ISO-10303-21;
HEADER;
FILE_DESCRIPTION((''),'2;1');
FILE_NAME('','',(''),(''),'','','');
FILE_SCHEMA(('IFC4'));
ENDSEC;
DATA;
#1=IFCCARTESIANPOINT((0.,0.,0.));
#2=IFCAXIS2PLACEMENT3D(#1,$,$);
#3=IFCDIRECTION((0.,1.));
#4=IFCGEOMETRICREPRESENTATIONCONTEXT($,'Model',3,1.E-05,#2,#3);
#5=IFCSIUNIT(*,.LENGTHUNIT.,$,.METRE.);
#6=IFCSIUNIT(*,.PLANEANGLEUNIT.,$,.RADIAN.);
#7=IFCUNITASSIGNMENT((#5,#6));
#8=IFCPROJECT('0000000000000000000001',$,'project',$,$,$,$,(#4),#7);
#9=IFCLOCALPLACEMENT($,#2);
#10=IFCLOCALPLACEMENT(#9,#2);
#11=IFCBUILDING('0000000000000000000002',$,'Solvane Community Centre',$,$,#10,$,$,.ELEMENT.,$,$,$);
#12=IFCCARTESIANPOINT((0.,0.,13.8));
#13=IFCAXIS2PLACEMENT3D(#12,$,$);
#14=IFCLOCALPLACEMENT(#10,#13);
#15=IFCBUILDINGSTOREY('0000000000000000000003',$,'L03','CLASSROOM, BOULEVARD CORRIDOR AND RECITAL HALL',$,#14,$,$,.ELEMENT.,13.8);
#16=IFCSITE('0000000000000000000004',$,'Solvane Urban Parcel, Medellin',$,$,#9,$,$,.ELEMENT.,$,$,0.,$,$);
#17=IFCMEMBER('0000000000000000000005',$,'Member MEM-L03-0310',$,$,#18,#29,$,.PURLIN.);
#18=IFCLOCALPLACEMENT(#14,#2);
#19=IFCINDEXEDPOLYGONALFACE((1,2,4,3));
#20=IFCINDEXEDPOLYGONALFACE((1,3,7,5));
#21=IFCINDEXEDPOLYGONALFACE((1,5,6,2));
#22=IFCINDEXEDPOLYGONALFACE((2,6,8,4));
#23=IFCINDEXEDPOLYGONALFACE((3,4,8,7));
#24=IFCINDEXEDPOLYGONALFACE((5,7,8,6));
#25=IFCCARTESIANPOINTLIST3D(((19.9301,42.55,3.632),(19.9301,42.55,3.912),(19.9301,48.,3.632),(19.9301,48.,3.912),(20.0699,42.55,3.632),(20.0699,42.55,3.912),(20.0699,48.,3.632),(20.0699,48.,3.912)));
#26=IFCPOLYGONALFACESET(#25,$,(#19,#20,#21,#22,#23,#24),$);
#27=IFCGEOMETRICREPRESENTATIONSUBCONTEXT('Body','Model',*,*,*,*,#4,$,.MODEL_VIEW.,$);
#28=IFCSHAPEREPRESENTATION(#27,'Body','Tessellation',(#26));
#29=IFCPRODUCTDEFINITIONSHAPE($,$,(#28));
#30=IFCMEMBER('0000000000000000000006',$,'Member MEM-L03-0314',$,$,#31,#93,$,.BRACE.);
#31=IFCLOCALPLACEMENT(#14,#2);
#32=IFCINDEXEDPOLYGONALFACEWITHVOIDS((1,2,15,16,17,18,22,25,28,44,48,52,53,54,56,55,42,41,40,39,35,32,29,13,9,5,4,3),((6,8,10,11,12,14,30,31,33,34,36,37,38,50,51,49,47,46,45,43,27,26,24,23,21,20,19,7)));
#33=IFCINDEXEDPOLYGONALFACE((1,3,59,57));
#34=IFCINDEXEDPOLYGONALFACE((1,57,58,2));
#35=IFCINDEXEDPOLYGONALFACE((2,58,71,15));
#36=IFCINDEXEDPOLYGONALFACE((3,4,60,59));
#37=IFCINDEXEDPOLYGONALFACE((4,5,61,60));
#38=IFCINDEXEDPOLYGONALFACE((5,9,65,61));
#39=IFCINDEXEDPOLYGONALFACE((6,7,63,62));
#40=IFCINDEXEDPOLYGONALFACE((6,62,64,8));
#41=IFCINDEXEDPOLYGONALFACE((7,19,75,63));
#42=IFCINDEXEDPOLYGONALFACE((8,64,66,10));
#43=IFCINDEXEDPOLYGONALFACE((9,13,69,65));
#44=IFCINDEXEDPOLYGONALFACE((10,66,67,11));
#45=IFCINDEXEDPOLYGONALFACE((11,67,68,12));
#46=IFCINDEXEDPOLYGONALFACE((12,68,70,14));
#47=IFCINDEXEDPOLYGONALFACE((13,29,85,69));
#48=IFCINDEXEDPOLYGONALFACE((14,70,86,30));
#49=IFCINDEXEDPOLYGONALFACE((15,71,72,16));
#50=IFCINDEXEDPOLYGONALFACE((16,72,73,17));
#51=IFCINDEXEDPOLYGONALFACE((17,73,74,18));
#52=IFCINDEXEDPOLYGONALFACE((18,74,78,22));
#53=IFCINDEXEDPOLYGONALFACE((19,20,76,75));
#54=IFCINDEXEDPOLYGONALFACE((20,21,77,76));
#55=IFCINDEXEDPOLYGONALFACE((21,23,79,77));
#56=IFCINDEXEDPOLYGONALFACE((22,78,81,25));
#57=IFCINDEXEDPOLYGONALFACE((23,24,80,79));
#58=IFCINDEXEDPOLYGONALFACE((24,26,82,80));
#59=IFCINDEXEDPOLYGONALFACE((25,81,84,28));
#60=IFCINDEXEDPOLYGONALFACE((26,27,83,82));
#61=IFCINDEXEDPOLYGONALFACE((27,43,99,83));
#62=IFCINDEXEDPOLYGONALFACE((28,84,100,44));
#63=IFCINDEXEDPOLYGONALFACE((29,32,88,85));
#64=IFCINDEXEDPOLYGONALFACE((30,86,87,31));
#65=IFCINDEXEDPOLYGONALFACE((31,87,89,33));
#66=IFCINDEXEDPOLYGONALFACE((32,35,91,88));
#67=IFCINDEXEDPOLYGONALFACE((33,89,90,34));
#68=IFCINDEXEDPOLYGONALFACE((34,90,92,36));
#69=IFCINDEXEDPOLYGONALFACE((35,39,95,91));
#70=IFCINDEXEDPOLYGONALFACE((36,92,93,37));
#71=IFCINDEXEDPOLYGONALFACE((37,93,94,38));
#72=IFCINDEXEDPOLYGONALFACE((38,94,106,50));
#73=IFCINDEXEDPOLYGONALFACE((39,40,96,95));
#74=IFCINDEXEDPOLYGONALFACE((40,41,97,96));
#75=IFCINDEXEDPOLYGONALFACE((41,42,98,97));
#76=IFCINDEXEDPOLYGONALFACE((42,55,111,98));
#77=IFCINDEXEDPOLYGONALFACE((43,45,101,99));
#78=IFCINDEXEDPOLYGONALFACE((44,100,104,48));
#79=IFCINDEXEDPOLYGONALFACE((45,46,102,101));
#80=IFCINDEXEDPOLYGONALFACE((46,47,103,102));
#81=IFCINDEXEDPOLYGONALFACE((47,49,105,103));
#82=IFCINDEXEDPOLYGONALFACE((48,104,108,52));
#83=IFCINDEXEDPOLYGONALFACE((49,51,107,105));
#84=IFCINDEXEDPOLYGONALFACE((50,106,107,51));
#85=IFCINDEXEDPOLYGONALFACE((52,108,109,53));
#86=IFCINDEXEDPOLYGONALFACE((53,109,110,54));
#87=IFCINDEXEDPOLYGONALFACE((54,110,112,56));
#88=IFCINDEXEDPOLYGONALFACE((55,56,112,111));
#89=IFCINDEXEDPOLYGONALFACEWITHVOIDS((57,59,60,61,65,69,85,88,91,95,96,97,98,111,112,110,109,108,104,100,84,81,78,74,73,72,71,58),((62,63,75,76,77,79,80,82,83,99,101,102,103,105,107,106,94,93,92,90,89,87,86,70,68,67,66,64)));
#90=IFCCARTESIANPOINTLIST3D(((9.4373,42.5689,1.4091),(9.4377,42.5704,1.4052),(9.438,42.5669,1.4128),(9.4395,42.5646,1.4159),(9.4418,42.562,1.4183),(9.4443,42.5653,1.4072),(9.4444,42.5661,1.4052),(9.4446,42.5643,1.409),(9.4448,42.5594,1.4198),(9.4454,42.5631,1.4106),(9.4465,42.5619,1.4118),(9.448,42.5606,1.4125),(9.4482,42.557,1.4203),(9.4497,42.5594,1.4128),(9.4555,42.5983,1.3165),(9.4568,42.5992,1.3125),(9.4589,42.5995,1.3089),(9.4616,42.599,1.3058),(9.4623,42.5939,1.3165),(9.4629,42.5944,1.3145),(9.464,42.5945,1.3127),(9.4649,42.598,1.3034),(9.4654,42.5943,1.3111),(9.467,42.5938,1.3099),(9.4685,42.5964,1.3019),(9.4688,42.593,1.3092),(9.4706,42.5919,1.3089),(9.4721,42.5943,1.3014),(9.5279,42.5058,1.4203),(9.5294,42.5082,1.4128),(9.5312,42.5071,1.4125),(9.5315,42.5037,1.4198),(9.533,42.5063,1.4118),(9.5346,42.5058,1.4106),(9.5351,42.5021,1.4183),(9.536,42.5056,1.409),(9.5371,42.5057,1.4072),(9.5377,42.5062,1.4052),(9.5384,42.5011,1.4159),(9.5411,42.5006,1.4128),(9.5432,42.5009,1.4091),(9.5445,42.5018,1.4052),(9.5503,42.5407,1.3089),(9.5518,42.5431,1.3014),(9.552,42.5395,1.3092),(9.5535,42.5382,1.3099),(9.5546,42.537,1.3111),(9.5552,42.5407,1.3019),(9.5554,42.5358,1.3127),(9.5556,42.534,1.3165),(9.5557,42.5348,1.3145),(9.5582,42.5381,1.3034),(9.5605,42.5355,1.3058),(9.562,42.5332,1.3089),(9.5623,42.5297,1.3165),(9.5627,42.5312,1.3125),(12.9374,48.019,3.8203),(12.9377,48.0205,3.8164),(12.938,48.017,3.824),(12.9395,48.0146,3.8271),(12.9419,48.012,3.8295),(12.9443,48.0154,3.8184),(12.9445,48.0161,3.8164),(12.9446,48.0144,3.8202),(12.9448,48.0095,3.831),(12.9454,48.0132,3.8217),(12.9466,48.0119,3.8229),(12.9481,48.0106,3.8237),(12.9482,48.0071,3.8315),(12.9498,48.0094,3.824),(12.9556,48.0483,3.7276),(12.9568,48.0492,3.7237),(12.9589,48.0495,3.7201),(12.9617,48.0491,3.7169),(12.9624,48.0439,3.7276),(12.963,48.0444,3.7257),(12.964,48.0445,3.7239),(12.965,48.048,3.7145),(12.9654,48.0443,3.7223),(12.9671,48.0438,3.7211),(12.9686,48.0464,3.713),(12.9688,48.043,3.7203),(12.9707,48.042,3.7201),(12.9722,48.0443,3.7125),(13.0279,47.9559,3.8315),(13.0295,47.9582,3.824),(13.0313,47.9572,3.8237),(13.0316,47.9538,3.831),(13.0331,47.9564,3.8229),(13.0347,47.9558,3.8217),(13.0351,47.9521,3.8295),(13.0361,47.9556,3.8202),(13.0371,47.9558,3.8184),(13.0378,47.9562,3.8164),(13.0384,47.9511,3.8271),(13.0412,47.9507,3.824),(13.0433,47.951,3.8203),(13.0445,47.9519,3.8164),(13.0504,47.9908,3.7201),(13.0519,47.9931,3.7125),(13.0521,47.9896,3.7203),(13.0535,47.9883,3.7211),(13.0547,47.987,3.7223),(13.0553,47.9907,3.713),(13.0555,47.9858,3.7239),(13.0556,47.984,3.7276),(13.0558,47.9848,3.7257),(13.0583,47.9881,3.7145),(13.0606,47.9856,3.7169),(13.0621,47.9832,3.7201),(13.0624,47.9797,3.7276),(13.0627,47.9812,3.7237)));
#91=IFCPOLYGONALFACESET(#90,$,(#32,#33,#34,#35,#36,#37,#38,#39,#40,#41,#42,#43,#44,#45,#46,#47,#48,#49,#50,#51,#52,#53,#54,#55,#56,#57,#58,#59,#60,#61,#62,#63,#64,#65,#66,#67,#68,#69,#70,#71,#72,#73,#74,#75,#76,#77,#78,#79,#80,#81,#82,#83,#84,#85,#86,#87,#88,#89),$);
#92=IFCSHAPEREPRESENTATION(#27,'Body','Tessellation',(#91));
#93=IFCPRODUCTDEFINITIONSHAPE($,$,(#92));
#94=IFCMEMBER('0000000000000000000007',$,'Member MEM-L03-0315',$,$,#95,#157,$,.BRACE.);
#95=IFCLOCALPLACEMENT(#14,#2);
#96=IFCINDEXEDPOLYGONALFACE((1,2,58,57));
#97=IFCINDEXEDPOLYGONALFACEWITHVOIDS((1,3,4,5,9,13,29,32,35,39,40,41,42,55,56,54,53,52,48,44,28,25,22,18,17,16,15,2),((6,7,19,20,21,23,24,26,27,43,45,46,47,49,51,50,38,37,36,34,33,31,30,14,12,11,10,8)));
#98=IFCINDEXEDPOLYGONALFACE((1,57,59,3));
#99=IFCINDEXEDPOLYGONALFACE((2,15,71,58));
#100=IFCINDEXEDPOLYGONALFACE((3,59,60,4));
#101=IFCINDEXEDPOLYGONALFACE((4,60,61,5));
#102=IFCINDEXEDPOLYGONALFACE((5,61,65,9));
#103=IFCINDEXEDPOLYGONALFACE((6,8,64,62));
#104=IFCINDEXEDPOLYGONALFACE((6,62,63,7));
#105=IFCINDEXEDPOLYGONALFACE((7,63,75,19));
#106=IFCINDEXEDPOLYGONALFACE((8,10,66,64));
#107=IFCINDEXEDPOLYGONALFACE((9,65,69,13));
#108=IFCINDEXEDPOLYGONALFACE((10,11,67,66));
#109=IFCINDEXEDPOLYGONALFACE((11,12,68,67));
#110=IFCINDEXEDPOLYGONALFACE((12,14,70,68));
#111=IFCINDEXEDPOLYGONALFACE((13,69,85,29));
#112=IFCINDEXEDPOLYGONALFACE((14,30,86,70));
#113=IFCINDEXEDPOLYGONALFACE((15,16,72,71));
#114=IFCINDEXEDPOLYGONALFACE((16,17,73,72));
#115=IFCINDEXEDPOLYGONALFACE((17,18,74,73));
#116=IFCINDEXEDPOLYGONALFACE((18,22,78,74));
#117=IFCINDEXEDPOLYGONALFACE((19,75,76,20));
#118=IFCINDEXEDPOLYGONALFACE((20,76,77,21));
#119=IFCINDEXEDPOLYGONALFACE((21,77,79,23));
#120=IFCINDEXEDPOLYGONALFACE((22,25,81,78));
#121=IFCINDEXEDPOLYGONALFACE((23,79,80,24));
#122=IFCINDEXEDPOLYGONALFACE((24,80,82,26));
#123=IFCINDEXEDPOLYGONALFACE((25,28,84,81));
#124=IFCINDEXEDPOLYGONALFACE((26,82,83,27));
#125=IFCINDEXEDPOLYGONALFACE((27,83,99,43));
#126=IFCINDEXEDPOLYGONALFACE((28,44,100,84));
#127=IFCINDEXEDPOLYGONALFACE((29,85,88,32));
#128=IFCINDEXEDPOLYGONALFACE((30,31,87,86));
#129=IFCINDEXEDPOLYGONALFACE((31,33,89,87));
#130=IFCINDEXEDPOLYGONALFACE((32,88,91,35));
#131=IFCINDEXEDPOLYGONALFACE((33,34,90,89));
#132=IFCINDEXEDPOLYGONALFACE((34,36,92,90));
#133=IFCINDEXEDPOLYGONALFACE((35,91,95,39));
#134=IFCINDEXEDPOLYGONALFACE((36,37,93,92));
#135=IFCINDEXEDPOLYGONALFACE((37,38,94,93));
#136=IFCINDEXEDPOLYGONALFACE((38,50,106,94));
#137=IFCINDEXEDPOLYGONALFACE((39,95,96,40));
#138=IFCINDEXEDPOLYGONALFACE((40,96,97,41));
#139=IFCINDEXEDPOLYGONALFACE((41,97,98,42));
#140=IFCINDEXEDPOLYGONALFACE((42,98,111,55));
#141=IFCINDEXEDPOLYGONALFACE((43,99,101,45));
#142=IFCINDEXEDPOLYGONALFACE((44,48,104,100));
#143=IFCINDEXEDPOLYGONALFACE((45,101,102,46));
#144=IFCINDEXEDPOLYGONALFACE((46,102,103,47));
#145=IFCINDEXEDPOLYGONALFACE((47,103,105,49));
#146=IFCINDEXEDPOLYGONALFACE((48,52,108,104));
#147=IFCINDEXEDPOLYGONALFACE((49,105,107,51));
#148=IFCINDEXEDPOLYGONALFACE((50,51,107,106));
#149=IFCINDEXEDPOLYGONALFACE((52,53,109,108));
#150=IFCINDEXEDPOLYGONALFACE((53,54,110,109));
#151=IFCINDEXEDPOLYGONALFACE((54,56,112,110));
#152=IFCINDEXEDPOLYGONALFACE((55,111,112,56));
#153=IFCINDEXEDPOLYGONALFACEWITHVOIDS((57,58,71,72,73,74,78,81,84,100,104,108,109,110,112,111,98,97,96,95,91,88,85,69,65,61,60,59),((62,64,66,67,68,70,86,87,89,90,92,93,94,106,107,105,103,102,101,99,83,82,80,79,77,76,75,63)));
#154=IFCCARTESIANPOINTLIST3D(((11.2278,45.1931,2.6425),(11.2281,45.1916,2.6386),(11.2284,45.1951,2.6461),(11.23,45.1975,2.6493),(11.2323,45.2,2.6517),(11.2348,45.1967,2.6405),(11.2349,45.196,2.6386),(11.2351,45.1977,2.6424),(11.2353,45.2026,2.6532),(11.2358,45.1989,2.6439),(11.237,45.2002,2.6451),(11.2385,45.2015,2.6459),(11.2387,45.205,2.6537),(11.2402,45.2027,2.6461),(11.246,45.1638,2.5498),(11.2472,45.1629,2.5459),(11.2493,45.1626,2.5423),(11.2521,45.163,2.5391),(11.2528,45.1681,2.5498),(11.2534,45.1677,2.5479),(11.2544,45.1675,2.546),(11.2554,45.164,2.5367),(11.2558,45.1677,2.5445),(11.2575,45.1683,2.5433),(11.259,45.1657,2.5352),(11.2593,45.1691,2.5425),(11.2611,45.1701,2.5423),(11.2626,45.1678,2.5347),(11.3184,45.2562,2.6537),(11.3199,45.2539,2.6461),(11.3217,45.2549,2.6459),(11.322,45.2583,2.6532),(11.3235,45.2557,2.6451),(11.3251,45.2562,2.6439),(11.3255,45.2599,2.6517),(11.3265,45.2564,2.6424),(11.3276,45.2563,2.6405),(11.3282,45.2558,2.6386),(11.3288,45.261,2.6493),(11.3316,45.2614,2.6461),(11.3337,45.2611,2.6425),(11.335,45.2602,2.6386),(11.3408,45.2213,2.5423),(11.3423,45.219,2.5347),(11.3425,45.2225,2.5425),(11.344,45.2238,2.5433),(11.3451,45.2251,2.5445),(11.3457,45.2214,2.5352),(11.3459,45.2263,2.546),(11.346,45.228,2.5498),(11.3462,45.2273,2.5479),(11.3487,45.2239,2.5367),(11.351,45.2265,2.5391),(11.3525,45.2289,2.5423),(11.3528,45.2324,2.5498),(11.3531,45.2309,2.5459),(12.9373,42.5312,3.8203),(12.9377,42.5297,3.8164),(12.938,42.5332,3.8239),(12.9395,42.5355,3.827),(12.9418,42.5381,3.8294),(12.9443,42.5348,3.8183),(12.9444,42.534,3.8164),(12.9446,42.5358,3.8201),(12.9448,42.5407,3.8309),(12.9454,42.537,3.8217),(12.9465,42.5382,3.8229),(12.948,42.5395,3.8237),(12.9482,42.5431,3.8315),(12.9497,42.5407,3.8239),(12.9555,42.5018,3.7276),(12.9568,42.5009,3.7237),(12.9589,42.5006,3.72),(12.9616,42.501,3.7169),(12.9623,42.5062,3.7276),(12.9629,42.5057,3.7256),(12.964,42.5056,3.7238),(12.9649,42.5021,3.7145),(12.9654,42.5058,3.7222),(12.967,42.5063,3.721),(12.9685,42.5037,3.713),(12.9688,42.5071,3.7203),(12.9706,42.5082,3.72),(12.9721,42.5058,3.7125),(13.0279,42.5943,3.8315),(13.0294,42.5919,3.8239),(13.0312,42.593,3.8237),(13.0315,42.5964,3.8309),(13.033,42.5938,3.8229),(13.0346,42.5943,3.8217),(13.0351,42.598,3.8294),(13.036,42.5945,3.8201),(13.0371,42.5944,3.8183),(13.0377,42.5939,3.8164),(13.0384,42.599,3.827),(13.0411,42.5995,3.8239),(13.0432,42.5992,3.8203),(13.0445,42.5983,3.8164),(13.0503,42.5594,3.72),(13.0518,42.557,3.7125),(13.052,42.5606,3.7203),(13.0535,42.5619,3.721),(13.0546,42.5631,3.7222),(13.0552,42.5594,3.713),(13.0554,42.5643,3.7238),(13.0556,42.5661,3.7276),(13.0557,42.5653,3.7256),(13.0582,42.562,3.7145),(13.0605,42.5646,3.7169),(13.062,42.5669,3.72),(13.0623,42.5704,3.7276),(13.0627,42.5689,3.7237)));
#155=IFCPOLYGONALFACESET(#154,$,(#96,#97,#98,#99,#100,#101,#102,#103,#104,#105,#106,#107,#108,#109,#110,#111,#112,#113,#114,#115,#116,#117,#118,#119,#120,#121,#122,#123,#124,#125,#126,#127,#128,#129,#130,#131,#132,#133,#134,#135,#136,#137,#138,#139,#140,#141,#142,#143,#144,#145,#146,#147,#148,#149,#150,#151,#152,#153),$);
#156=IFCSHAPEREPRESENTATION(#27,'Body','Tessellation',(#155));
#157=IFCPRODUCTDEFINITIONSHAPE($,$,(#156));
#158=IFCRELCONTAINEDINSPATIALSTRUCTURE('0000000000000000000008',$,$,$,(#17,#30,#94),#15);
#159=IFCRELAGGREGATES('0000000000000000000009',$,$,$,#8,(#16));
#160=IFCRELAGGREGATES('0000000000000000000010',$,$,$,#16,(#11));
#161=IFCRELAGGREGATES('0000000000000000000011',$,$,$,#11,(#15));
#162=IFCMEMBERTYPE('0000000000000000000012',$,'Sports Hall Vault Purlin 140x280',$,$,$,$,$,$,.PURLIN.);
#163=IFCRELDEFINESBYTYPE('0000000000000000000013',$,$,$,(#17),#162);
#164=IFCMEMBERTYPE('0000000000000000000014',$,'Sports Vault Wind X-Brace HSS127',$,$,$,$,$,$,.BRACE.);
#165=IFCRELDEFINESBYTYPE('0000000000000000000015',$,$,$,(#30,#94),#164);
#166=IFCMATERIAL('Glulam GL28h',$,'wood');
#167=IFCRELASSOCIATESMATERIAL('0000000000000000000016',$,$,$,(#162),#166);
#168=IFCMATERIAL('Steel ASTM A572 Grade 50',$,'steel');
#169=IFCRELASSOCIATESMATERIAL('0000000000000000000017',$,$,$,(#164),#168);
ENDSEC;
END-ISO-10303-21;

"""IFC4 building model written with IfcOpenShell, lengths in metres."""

from ifc_helpers import new_model, si_unit, direction, frame, origin, origin_2d, place, context, subcontext, project, spatial, rectangle, hollow_rectangle, extrude, material, material_profile, profile_set, type_object, element, save


model = new_model("IFC4")

# Units and contexts
model_context = context("Model", 3, precision=1e-05, world=origin(), true_north=direction((0.0, 1.0)))
body_context = subcontext(model_context, "Body", "Model", "MODEL_VIEW")
ifc_project = project(units=[si_unit("LENGTHUNIT", "METRE"), si_unit("PLANEANGLEUNIT", "RADIAN")], contexts=[model_context])

# Site, building, storey
site_placement = place(None, origin())
site = spatial("IfcSite", under=ifc_project, at=site_placement, Name="Solvane Urban Parcel, Medellin", CompositionType="ELEMENT", RefElevation=0.0)
building_placement = place(site_placement, origin())
building = spatial("IfcBuilding", under=site, at=building_placement, Name="Solvane Community Centre", CompositionType="ELEMENT")
storey_placement = place(building_placement, frame((0.0, 0.0, 13.8)))
storey = spatial("IfcBuildingStorey", under=building, at=storey_placement, Name="L03", Description="CLASSROOM, BOULEVARD CORRIDOR AND RECITAL HALL", CompositionType="ELEMENT", Elevation=13.8)

# Members
ifc_material_1 = material(Name="Glulam GL28h", Category="wood")
ifc_material_profile_1 = material_profile(ifc_material_1, rectangle(XDim=0.1399, YDim=0.28, at=origin_2d()), Name="GL28h 140x280")
ifc_profile_set_1 = profile_set([ifc_material_profile_1], Name="Glulam GL28h")
member_type_1 = type_object("IfcMemberType", Name="Sports Hall Vault Purlin 140x280", PredefinedType="PURLIN", material=ifc_profile_set_1)
for number, where, z_axis, x_axis, name in (
    (1, (20.0, 42.55, 3.772), (0.0, 1.0, 0.0), (-1.0, 0.0, 0.0), "Member MEM-L03-0310"),
):
    element("IfcMember", number, at=place(storey_placement, frame(where, z_axis=z_axis, x_axis=x_axis)), inside=storey, type_object=member_type_1, Name=name, PredefinedType="PURLIN", context=body_context, shape_type="SweptSolid", body=[
        extrude(rectangle(XDim=0.1399, YDim=0.28, at=origin_2d()), origin(), (0.0, 0.0, 1.0), 5.45),
    ])
ifc_material_2 = material(Name="Steel ASTM A572 Grade 50", Category="steel")
ifc_material_profile_2 = material_profile(ifc_material_2, hollow_rectangle(XDim=0.127, YDim=0.127, WallThickness=0.0081, InnerFilletRadius=0.0081, OuterFilletRadius=0.0161, at=origin_2d()), Name="HSS 127x127x8.0")
ifc_profile_set_2 = profile_set([ifc_material_profile_2], Name="Steel ASTM A572 Grade 50")
member_type_2 = type_object("IfcMemberType", Name="Sports Vault Wind X-Brace HSS127", PredefinedType="BRACE", material=ifc_profile_set_2)
member_1_placement = place(storey_placement, frame((9.5, 42.55, 1.3608), z_axis=(0.50642, 0.788561, 0.34887), x_axis=(-0.841427, 0.540371, 0.0)))
element("IfcMember", 2, at=member_1_placement, inside=storey, type_object=member_type_2, Name="Member MEM-L03-0314", PredefinedType="BRACE", context=body_context, shape_type="SweptSolid", body=[
    extrude(hollow_rectangle(XDim=0.127, YDim=0.127, WallThickness=0.0081, InnerFilletRadius=0.0081, OuterFilletRadius=0.0161, at=origin_2d()), origin(), (0.0, 0.0, 1.0), 6.9114),
])
for number, where, z_axis, x_axis, name in (
    (3, (13.0, 42.55, 3.772), (-0.506416, 0.788553, -0.348893), (-0.841427, -0.540371, 0.0), "Member MEM-L03-0315"),
):
    element("IfcMember", number, at=place(storey_placement, frame(where, z_axis=z_axis, x_axis=x_axis)), inside=storey, type_object=member_type_2, Name=name, PredefinedType="BRACE", context=body_context, shape_type="SweptSolid", body=[
        extrude(hollow_rectangle(XDim=0.127, YDim=0.127, WallThickness=0.0081, InnerFilletRadius=0.0081, OuterFilletRadius=0.0161, at=origin_2d()), origin(), (0.0, 0.0, 1.0), 3.3757),
    ])

save(model, "model.ifc")
